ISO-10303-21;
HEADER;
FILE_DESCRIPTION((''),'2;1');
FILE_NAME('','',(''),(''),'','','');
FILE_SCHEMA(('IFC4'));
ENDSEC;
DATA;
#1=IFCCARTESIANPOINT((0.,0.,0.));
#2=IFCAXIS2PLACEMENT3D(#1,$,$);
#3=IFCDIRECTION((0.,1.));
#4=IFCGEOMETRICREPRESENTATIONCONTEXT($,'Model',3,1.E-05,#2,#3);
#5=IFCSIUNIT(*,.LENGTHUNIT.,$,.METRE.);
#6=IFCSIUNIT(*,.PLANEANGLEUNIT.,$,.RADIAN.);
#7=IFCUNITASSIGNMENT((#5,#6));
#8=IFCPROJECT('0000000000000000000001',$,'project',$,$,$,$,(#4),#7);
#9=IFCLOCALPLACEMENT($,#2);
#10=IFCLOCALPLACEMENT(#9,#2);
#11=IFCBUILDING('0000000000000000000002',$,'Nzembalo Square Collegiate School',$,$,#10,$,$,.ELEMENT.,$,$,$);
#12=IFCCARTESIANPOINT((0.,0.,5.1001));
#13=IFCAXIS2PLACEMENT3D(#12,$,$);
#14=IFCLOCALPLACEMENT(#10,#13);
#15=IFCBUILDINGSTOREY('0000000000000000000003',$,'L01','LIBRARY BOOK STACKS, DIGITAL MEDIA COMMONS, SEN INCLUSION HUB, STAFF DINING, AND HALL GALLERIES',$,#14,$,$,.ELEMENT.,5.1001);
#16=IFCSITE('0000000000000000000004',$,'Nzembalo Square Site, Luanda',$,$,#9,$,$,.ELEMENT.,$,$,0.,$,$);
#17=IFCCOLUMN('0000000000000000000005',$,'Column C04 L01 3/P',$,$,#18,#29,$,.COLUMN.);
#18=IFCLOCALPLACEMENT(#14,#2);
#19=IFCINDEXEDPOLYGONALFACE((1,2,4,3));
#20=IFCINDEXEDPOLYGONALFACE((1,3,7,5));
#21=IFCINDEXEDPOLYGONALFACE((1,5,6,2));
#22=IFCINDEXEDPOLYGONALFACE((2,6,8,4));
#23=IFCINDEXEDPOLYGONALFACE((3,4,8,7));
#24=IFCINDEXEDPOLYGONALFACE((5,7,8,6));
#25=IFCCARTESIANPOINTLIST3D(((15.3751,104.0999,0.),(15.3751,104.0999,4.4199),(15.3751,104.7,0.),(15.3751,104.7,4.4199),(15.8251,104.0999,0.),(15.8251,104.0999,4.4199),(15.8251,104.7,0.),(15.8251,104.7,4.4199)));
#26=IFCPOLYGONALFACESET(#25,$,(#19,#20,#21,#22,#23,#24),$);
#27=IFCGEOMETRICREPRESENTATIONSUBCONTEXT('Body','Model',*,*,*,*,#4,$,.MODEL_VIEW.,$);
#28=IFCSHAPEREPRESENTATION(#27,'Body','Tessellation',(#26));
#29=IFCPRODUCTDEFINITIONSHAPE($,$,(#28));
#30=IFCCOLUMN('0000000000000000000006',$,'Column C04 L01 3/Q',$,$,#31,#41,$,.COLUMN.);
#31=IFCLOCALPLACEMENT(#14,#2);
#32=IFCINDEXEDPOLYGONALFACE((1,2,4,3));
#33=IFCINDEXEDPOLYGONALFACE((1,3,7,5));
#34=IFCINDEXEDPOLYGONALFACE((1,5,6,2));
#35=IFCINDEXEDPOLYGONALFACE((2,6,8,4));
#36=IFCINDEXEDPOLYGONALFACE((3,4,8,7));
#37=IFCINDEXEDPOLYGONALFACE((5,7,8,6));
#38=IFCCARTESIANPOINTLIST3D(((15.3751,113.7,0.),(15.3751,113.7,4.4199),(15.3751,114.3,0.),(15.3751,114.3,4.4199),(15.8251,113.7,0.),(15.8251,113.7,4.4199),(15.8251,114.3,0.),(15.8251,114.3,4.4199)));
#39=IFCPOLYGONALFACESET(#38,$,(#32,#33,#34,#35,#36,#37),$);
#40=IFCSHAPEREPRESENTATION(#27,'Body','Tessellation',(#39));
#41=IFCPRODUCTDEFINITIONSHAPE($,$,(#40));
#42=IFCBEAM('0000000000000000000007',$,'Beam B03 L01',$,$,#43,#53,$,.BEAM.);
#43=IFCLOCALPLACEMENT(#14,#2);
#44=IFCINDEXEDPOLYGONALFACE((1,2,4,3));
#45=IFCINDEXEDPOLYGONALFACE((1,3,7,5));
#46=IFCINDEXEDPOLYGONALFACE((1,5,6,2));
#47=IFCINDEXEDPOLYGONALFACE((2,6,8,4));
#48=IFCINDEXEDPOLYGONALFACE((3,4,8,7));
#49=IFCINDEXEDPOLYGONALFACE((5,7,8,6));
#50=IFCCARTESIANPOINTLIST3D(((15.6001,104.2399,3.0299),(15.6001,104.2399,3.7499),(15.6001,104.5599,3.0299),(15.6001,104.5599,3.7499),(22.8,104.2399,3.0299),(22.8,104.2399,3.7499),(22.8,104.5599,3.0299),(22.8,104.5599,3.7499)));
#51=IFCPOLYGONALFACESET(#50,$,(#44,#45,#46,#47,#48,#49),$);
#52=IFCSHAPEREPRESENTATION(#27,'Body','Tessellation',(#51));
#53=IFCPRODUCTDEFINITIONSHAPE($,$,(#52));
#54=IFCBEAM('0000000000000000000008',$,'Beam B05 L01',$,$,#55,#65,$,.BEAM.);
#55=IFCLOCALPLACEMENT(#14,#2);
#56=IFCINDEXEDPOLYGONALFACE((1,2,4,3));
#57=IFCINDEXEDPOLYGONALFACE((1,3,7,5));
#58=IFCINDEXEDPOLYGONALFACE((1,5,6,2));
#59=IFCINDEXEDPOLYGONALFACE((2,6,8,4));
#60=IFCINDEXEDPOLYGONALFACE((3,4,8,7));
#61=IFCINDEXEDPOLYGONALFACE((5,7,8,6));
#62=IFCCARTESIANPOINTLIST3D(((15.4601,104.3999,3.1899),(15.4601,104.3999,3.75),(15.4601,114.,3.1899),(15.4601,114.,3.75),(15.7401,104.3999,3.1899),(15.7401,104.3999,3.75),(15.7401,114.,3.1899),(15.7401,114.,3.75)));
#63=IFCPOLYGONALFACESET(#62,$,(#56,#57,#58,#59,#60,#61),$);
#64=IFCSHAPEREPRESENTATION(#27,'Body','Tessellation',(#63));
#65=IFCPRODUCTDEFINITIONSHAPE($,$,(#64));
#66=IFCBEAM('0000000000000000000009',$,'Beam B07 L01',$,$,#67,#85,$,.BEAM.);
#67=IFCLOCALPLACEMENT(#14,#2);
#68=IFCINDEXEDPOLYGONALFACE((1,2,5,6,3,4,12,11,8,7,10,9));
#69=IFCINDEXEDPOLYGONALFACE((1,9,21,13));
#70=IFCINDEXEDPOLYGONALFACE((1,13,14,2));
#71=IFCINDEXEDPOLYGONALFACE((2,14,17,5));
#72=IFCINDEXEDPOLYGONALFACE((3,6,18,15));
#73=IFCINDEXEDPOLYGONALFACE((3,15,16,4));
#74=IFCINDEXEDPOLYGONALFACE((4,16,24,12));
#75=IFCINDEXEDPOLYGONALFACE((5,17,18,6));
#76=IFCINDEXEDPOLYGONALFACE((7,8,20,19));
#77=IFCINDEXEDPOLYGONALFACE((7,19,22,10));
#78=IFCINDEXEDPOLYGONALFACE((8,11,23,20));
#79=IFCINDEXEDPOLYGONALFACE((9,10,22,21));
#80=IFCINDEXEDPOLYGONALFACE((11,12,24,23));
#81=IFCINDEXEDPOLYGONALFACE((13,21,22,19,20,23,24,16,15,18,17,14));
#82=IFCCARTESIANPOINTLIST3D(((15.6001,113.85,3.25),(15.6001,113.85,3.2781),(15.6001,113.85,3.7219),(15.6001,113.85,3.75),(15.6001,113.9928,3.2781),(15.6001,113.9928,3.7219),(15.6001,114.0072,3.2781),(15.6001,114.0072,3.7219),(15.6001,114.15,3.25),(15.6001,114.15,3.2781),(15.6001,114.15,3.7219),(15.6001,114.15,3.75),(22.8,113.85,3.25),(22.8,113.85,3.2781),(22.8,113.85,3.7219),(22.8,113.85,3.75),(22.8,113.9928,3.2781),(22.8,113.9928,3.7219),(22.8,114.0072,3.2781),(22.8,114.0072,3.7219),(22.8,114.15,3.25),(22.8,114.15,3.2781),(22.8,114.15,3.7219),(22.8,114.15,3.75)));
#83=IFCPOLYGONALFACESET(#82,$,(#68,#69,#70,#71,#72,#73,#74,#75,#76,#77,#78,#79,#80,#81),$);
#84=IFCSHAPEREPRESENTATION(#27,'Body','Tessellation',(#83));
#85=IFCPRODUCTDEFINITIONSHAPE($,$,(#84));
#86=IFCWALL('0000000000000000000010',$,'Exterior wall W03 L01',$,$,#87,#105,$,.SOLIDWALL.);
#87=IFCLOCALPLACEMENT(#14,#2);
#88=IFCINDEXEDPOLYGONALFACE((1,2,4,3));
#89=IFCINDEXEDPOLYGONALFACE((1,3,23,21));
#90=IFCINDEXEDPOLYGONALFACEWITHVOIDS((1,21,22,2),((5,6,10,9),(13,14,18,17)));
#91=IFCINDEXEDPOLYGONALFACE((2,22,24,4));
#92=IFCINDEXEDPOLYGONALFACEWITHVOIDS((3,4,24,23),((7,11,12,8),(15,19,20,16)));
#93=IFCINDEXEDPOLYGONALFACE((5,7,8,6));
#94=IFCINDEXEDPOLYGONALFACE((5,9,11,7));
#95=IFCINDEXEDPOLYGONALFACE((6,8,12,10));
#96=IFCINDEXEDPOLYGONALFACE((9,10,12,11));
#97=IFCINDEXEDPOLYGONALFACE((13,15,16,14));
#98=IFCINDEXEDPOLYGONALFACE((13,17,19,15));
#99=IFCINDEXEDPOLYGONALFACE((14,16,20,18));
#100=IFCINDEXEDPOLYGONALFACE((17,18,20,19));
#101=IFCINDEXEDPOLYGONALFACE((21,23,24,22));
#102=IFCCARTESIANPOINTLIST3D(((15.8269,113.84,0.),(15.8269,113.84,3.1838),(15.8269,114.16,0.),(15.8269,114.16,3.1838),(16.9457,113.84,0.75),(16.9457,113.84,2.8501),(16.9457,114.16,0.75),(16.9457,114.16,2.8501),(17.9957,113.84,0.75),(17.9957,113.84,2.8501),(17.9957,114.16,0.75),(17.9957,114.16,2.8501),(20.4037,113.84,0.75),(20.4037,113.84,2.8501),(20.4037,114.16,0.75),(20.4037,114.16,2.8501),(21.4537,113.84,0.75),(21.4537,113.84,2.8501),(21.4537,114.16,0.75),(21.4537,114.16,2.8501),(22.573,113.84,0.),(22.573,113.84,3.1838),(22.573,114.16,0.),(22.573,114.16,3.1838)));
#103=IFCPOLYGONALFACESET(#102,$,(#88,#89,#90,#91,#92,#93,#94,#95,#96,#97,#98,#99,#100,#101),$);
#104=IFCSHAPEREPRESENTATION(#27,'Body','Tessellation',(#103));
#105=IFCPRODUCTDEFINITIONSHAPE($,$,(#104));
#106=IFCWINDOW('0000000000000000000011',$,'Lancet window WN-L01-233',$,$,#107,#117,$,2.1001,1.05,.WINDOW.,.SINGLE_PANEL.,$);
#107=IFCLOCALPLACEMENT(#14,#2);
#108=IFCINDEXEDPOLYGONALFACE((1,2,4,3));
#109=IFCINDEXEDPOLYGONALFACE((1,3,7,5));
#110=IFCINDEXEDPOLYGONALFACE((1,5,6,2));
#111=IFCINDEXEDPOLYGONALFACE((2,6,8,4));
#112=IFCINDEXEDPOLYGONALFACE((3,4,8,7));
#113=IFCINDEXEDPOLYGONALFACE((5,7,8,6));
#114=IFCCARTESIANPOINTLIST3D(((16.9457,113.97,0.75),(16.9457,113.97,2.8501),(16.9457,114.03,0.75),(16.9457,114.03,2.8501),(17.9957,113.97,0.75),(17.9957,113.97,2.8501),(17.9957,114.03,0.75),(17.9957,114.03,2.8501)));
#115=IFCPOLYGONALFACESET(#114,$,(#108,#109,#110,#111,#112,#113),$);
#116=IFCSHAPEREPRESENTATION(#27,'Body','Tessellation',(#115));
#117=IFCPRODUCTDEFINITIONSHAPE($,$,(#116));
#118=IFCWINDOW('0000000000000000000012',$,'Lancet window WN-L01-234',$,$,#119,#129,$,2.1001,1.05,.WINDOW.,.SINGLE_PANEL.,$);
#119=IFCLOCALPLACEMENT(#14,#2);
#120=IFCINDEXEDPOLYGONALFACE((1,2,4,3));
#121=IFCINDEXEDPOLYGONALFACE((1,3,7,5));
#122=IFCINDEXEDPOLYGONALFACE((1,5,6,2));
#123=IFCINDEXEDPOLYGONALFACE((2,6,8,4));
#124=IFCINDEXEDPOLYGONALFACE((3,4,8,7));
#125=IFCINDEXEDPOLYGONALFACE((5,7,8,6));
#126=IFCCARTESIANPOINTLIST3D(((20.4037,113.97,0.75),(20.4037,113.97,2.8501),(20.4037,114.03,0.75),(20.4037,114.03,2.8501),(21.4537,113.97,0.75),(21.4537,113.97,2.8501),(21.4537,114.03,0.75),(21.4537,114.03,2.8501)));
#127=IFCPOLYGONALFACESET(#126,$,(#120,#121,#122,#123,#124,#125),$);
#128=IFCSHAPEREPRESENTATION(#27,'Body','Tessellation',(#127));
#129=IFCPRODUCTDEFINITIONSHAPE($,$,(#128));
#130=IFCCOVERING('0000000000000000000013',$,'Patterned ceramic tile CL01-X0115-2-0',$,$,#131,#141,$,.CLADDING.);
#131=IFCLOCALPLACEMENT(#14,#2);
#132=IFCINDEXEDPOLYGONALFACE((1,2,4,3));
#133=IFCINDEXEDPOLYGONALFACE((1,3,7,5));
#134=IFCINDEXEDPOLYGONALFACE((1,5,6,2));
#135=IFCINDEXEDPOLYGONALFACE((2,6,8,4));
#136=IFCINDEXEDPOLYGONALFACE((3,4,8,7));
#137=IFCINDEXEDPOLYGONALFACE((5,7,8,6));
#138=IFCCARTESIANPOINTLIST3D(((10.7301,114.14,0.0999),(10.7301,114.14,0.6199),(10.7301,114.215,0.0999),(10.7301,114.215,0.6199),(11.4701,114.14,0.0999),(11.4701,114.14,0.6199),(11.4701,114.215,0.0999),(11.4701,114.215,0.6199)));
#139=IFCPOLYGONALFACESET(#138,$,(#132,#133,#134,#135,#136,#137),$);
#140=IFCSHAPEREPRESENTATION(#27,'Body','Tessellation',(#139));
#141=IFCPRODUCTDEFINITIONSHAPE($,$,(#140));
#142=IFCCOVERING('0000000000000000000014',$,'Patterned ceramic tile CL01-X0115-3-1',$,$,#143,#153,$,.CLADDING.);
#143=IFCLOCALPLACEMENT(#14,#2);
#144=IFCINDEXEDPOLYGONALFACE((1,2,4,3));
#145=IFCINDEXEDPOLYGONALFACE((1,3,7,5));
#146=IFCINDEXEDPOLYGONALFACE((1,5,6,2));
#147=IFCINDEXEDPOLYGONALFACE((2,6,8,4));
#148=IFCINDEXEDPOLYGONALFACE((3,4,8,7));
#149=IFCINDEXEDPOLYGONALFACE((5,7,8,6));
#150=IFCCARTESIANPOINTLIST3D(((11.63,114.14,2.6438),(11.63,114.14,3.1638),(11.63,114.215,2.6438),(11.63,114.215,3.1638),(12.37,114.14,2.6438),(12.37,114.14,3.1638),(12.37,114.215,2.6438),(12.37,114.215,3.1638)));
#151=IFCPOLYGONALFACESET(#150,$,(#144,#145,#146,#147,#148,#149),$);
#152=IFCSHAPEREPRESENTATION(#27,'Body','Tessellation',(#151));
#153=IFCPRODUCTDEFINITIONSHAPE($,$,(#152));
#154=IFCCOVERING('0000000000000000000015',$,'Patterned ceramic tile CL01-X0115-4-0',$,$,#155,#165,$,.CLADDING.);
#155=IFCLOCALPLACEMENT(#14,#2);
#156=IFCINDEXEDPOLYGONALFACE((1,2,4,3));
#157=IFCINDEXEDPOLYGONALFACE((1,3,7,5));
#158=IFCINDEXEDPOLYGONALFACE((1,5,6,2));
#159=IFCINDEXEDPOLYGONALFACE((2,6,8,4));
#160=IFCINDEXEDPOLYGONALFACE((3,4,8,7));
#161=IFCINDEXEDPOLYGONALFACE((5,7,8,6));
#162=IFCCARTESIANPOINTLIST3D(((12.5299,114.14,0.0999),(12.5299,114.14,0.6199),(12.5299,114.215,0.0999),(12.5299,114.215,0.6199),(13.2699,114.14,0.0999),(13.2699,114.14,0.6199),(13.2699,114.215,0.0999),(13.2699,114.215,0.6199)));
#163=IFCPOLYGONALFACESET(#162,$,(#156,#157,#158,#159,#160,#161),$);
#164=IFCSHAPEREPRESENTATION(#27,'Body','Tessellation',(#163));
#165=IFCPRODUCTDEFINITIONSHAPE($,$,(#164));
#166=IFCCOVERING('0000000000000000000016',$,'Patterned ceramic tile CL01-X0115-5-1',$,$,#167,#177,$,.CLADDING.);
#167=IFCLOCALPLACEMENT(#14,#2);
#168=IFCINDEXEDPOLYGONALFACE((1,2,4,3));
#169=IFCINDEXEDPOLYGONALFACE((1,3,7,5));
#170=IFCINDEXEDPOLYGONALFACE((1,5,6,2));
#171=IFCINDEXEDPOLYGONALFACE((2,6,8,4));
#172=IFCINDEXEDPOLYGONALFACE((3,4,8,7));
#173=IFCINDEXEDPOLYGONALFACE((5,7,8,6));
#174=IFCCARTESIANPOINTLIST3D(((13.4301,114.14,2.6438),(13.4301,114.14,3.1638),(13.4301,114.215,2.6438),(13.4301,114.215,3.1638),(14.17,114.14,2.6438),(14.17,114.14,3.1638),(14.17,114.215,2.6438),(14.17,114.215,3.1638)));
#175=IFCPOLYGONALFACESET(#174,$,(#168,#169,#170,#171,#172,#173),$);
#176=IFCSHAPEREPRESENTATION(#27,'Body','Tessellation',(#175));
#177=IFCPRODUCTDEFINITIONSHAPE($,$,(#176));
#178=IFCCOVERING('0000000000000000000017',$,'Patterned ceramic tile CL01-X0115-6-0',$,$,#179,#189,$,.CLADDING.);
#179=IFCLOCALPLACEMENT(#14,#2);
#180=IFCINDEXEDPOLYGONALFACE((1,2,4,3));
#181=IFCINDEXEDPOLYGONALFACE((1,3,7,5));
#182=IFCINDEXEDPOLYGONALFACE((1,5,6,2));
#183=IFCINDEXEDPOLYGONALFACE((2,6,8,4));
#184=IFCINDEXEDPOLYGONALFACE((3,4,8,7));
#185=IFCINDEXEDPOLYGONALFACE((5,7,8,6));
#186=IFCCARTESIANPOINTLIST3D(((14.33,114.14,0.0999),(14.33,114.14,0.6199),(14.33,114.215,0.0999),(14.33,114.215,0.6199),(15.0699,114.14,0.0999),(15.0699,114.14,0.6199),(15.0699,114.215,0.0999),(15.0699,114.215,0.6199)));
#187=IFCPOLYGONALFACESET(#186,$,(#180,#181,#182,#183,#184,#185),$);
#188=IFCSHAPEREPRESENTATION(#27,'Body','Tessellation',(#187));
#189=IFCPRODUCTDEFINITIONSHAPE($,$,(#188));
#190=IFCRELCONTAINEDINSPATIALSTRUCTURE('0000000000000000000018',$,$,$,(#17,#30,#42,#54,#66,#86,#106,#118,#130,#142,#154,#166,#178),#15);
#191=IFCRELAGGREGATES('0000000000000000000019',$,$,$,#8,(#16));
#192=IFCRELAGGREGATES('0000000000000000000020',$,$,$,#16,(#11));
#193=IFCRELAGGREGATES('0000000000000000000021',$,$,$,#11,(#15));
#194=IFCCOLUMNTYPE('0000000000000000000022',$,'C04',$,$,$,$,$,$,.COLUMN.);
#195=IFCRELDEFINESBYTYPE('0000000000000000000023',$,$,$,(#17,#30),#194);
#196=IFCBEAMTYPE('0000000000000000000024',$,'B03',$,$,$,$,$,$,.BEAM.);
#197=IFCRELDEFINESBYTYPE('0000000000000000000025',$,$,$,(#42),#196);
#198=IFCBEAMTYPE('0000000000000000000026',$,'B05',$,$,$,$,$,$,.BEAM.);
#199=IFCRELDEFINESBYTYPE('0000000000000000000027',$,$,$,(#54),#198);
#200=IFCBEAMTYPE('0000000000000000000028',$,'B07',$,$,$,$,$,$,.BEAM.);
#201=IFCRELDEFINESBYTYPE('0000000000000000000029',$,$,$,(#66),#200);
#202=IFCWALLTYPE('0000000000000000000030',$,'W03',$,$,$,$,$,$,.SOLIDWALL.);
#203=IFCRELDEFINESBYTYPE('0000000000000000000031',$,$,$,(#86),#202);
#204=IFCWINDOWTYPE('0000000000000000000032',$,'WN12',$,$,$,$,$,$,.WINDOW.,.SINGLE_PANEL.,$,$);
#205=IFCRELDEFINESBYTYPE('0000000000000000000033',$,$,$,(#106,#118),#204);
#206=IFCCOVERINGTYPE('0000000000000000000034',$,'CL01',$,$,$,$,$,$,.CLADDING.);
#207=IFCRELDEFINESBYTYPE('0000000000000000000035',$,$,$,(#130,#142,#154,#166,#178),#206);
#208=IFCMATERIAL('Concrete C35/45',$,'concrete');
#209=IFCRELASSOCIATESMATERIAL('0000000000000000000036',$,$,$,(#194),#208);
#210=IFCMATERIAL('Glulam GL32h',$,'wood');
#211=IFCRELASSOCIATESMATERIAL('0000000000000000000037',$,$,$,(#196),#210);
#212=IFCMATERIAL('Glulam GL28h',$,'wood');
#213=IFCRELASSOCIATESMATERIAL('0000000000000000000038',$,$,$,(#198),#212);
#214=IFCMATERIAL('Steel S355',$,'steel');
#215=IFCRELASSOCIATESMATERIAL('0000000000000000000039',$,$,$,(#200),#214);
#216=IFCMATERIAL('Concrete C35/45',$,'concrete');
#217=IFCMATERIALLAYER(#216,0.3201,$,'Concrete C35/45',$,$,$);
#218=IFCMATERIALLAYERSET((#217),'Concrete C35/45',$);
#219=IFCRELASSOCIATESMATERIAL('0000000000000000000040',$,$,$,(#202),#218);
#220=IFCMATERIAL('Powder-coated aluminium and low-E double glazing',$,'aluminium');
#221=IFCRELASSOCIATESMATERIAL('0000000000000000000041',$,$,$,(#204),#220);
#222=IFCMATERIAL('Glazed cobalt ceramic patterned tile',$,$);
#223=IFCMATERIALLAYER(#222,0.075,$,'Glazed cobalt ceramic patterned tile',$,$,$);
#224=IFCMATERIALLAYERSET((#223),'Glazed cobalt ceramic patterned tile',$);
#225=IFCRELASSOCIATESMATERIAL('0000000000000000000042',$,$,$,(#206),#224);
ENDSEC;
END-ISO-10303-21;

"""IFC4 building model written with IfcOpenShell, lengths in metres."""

from ifc_helpers import new_model, si_unit, direction, frame, frame_2d, origin, origin_2d, place, context, subcontext, project, spatial, rectangle, i_section, extrude, material, layer, layer_set, material_profile, profile_set, type_object, element, fill, save


model = new_model("IFC4")

# Units and contexts
model_context = context("Model", 3, precision=1e-05, world=origin(), true_north=direction((0.0, 1.0)))
body_context = subcontext(model_context, "Body", "Model", "MODEL_VIEW")
ifc_project = project(units=[si_unit("LENGTHUNIT", "METRE"), si_unit("PLANEANGLEUNIT", "RADIAN")], contexts=[model_context])

# Site, building, storey
site_placement = place(None, origin())
site = spatial("IfcSite", under=ifc_project, at=site_placement, Name="Nzembalo Square Site, Luanda", CompositionType="ELEMENT", RefElevation=0.0)
building_placement = place(site_placement, origin())
building = spatial("IfcBuilding", under=site, at=building_placement, Name="Nzembalo Square Collegiate School", CompositionType="ELEMENT")
storey_placement = place(building_placement, frame((0.0, 0.0, 5.1001)))
storey = spatial("IfcBuildingStorey", under=building, at=storey_placement, Name="L01", Description="LIBRARY BOOK STACKS, DIGITAL MEDIA COMMONS, SEN INCLUSION HUB, STAFF DINING, AND HALL GALLERIES", CompositionType="ELEMENT", Elevation=5.1001)

# Columns
ifc_material_1 = material(Name="Concrete C35/45", Category="concrete")
ifc_material_profile_1 = material_profile(ifc_material_1, rectangle(XDim=0.45, YDim=0.6001, at=origin_2d()), Name="RC 450x600")
ifc_profile_set_1 = profile_set([ifc_material_profile_1], Name="Concrete C35/45")
column_type = type_object("IfcColumnType", Name="C04", PredefinedType="COLUMN", material=ifc_profile_set_1)
for number, where, z_axis, x_axis, name in (
    (1, (15.6001, 104.3999, 0.0), (0.0, 0.0, 1.0), (1.0, 0.0, 0.0), "Column C04 L01 3/P"),
    (2, (15.6001, 114.0, 0.0), (0.0, 0.0, 1.0), (1.0, 0.0, 0.0), "Column C04 L01 3/Q"),
):
    element("IfcColumn", number, at=place(storey_placement, frame(where, z_axis=z_axis, x_axis=x_axis)), inside=storey, type_object=column_type, Name=name, PredefinedType="COLUMN", context=body_context, shape_type="SweptSolid", body=[
        extrude(rectangle(XDim=0.45, YDim=0.6001, at=origin_2d()), origin(), (0.0, 0.0, 1.0), 4.4199),
    ])

# Beams
ifc_material_2 = material(Name="Glulam GL32h", Category="wood")
ifc_material_profile_2 = material_profile(ifc_material_2, rectangle(XDim=0.3201, YDim=0.72, at=origin_2d()), Name="GL32h 320x720")
ifc_profile_set_2 = profile_set([ifc_material_profile_2], Name="Glulam GL32h")
beam_type_1 = type_object("IfcBeamType", Name="B03", PredefinedType="BEAM", material=ifc_profile_set_2)
beam_1_placement = place(storey_placement, frame((15.6001, 104.3999, 3.3899), z_axis=(1.0, 0.0, 0.0), x_axis=(0.0, 1.0, 0.0)))
element("IfcBeam", 3, at=beam_1_placement, inside=storey, type_object=beam_type_1, Name="Beam B03 L01", PredefinedType="BEAM", context=body_context, shape_type="SweptSolid", body=[
    extrude(rectangle(XDim=0.3201, YDim=0.72, at=origin_2d()), origin(), (0.0, 0.0, 1.0), 7.2),
])
ifc_material_3 = material(Name="Glulam GL28h", Category="wood")
ifc_material_profile_3 = material_profile(ifc_material_3, rectangle(XDim=0.28, YDim=0.5601, at=origin_2d()), Name="GL28h 280x560")
ifc_profile_set_3 = profile_set([ifc_material_profile_3], Name="Glulam GL28h")
beam_type_2 = type_object("IfcBeamType", Name="B05", PredefinedType="BEAM", material=ifc_profile_set_3)
beam_2_placement = place(storey_placement, frame((15.6001, 104.3999, 3.47), z_axis=(0.0, 1.0, 0.0), x_axis=(-1.0, 0.0, 0.0)))
element("IfcBeam", 4, at=beam_2_placement, inside=storey, type_object=beam_type_2, Name="Beam B05 L01", PredefinedType="BEAM", context=body_context, shape_type="SweptSolid", body=[
    extrude(rectangle(XDim=0.28, YDim=0.5601, at=origin_2d()), origin(), (0.0, 0.0, 1.0), 9.6001),
])
ifc_material_4 = material(Name="Steel S355", Category="steel")
ifc_material_profile_4 = material_profile(ifc_material_4, i_section(OverallWidth=0.3, OverallDepth=0.5, WebThickness=0.0144, FlangeThickness=0.0281, at=origin_2d()), Name="HEB 500")
ifc_profile_set_4 = profile_set([ifc_material_profile_4], Name="Steel S355")
beam_type_3 = type_object("IfcBeamType", Name="B07", PredefinedType="BEAM", material=ifc_profile_set_4)
beam_3_placement = place(storey_placement, frame((15.6001, 114.0, 3.5), z_axis=(1.0, 0.0, 0.0), x_axis=(0.0, 1.0, 0.0)))
element("IfcBeam", 5, at=beam_3_placement, inside=storey, type_object=beam_type_3, Name="Beam B07 L01", PredefinedType="BEAM", context=body_context, shape_type="SweptSolid", body=[
    extrude(i_section(OverallWidth=0.3, OverallDepth=0.5, WebThickness=0.0144, FlangeThickness=0.0281, at=origin_2d()), origin(), (0.0, 0.0, 1.0), 7.2),
])

# Wall, openings, windows
ifc_material_5 = material(Name="Concrete C35/45", Category="concrete")
ifc_layer_1 = layer(ifc_material_5, 0.3201, Name="Concrete C35/45")
ifc_layer_set_1 = layer_set([ifc_layer_1], Name="Concrete C35/45")
wall_type = type_object("IfcWallType", Name="W03", PredefinedType="SOLIDWALL", material=ifc_layer_set_1)
wall_placement = place(storey_placement, frame((15.8269, 114.0, 0.0), z_axis=(0.0, 0.0, 1.0), x_axis=(1.0, 0.0, 0.0)))
wall = element("IfcWall", 6, at=wall_placement, inside=storey, type_object=wall_type, Name="Exterior wall W03 L01", PredefinedType="SOLIDWALL", context=body_context, shape_type="SweptSolid", body=[
    extrude(rectangle(XDim=6.7461, YDim=0.3201, at=frame_2d((3.373, 0.0))), origin(), (0.0, 0.0, 1.0), 3.1838),
])
opening_1_placement = place(wall_placement, frame((1.1189, 0.0, 0.75)))
opening_1 = element("IfcOpeningElement", 7, at=opening_1_placement, cuts=wall, PredefinedType="OPENING", context=body_context, shape_type="SweptSolid", body=[
    extrude(rectangle(XDim=1.05, YDim=2.1001, at=frame_2d((0.5249, 1.05))), frame((0.0, 0.1699, 0.0), z_axis=(0.0, -1.0, 0.0), x_axis=(1.0, 0.0, 0.0)), (0.0, 0.0, 1.0), 0.3401),
])
opening_2_placement = place(wall_placement, frame((4.5769, 0.0, 0.75)))
opening_2 = element("IfcOpeningElement", 8, at=opening_2_placement, cuts=wall, PredefinedType="OPENING", context=body_context, shape_type="SweptSolid", body=[
    extrude(rectangle(XDim=1.05, YDim=2.1001, at=frame_2d((0.5249, 1.05))), frame((0.0, 0.1699, 0.0), z_axis=(0.0, -1.0, 0.0), x_axis=(1.0, 0.0, 0.0)), (0.0, 0.0, 1.0), 0.3401),
])
ifc_material_6 = material(Name="Powder-coated aluminium and low-E double glazing", Category="aluminium")
window_type = type_object("IfcWindowType", Name="WN12", PartitioningType="SINGLE_PANEL", PredefinedType="WINDOW", material=ifc_material_6)
window_1_placement = place(opening_1_placement, origin())
window_1 = element("IfcWindow", 9, at=window_1_placement, inside=storey, type_object=window_type, Name="Lancet window WN-L01-233", OverallHeight=2.1001, OverallWidth=1.05, PartitioningType="SINGLE_PANEL", PredefinedType="WINDOW", context=body_context, shape_type="SweptSolid", body=[
    extrude(rectangle(XDim=1.05, YDim=2.1001, at=frame_2d((0.5249, 1.05))), frame((0.0, 0.03, 0.0), z_axis=(0.0, -1.0, 0.0), x_axis=(1.0, 0.0, 0.0)), (0.0, 0.0, 1.0), 0.0601),
])
fill(opening_1, window_1)
window_2_placement = place(opening_2_placement, origin())
window_2 = element("IfcWindow", 10, at=window_2_placement, inside=storey, type_object=window_type, Name="Lancet window WN-L01-234", OverallHeight=2.1001, OverallWidth=1.05, PartitioningType="SINGLE_PANEL", PredefinedType="WINDOW", context=body_context, shape_type="SweptSolid", body=[
    extrude(rectangle(XDim=1.05, YDim=2.1001, at=frame_2d((0.5249, 1.05))), frame((0.0, 0.03, 0.0), z_axis=(0.0, -1.0, 0.0), x_axis=(1.0, 0.0, 0.0)), (0.0, 0.0, 1.0), 0.0601),
])
fill(opening_2, window_2)

# Coverings
ifc_material_7 = material(Name="Glazed cobalt ceramic patterned tile")
ifc_layer_2 = layer(ifc_material_7, 0.075, Name="Glazed cobalt ceramic patterned tile")
ifc_layer_set_2 = layer_set([ifc_layer_2], Name="Glazed cobalt ceramic patterned tile")
covering_type_1 = type_object("IfcCoveringType", Name="CL01", PredefinedType="CLADDING", material=ifc_layer_set_2)
for number, where, z_axis, x_axis, name in (
    (11, (11.1001, 114.1775, 0.0999), (0.0, 0.0, 1.0), (1.0, 0.0, 0.0), "Patterned ceramic tile CL01-X0115-2-0"),
    (12, (12.0, 114.1775, 2.6438), (0.0, 0.0, 1.0), (1.0, 0.0, 0.0), "Patterned ceramic tile CL01-X0115-3-1"),
    (13, (12.8999, 114.1775, 0.0999), (0.0, 0.0, 1.0), (1.0, 0.0, 0.0), "Patterned ceramic tile CL01-X0115-4-0"),
    (14, (13.8, 114.1775, 2.6438), (0.0, 0.0, 1.0), (1.0, 0.0, 0.0), "Patterned ceramic tile CL01-X0115-5-1"),
    (15, (14.7, 114.1775, 0.0999), (0.0, 0.0, 1.0), (1.0, 0.0, 0.0), "Patterned ceramic tile CL01-X0115-6-0"),
):
    element("IfcCovering", number, at=place(storey_placement, frame(where, z_axis=z_axis, x_axis=x_axis)), inside=storey, type_object=covering_type_1, Name=name, PredefinedType="CLADDING", context=body_context, shape_type="SweptSolid", body=[
        extrude(rectangle(XDim=0.74, YDim=0.075, at=origin_2d()), origin(), (0.0, 0.0, 1.0), 0.52),
    ])

save(model, "model.ifc")
